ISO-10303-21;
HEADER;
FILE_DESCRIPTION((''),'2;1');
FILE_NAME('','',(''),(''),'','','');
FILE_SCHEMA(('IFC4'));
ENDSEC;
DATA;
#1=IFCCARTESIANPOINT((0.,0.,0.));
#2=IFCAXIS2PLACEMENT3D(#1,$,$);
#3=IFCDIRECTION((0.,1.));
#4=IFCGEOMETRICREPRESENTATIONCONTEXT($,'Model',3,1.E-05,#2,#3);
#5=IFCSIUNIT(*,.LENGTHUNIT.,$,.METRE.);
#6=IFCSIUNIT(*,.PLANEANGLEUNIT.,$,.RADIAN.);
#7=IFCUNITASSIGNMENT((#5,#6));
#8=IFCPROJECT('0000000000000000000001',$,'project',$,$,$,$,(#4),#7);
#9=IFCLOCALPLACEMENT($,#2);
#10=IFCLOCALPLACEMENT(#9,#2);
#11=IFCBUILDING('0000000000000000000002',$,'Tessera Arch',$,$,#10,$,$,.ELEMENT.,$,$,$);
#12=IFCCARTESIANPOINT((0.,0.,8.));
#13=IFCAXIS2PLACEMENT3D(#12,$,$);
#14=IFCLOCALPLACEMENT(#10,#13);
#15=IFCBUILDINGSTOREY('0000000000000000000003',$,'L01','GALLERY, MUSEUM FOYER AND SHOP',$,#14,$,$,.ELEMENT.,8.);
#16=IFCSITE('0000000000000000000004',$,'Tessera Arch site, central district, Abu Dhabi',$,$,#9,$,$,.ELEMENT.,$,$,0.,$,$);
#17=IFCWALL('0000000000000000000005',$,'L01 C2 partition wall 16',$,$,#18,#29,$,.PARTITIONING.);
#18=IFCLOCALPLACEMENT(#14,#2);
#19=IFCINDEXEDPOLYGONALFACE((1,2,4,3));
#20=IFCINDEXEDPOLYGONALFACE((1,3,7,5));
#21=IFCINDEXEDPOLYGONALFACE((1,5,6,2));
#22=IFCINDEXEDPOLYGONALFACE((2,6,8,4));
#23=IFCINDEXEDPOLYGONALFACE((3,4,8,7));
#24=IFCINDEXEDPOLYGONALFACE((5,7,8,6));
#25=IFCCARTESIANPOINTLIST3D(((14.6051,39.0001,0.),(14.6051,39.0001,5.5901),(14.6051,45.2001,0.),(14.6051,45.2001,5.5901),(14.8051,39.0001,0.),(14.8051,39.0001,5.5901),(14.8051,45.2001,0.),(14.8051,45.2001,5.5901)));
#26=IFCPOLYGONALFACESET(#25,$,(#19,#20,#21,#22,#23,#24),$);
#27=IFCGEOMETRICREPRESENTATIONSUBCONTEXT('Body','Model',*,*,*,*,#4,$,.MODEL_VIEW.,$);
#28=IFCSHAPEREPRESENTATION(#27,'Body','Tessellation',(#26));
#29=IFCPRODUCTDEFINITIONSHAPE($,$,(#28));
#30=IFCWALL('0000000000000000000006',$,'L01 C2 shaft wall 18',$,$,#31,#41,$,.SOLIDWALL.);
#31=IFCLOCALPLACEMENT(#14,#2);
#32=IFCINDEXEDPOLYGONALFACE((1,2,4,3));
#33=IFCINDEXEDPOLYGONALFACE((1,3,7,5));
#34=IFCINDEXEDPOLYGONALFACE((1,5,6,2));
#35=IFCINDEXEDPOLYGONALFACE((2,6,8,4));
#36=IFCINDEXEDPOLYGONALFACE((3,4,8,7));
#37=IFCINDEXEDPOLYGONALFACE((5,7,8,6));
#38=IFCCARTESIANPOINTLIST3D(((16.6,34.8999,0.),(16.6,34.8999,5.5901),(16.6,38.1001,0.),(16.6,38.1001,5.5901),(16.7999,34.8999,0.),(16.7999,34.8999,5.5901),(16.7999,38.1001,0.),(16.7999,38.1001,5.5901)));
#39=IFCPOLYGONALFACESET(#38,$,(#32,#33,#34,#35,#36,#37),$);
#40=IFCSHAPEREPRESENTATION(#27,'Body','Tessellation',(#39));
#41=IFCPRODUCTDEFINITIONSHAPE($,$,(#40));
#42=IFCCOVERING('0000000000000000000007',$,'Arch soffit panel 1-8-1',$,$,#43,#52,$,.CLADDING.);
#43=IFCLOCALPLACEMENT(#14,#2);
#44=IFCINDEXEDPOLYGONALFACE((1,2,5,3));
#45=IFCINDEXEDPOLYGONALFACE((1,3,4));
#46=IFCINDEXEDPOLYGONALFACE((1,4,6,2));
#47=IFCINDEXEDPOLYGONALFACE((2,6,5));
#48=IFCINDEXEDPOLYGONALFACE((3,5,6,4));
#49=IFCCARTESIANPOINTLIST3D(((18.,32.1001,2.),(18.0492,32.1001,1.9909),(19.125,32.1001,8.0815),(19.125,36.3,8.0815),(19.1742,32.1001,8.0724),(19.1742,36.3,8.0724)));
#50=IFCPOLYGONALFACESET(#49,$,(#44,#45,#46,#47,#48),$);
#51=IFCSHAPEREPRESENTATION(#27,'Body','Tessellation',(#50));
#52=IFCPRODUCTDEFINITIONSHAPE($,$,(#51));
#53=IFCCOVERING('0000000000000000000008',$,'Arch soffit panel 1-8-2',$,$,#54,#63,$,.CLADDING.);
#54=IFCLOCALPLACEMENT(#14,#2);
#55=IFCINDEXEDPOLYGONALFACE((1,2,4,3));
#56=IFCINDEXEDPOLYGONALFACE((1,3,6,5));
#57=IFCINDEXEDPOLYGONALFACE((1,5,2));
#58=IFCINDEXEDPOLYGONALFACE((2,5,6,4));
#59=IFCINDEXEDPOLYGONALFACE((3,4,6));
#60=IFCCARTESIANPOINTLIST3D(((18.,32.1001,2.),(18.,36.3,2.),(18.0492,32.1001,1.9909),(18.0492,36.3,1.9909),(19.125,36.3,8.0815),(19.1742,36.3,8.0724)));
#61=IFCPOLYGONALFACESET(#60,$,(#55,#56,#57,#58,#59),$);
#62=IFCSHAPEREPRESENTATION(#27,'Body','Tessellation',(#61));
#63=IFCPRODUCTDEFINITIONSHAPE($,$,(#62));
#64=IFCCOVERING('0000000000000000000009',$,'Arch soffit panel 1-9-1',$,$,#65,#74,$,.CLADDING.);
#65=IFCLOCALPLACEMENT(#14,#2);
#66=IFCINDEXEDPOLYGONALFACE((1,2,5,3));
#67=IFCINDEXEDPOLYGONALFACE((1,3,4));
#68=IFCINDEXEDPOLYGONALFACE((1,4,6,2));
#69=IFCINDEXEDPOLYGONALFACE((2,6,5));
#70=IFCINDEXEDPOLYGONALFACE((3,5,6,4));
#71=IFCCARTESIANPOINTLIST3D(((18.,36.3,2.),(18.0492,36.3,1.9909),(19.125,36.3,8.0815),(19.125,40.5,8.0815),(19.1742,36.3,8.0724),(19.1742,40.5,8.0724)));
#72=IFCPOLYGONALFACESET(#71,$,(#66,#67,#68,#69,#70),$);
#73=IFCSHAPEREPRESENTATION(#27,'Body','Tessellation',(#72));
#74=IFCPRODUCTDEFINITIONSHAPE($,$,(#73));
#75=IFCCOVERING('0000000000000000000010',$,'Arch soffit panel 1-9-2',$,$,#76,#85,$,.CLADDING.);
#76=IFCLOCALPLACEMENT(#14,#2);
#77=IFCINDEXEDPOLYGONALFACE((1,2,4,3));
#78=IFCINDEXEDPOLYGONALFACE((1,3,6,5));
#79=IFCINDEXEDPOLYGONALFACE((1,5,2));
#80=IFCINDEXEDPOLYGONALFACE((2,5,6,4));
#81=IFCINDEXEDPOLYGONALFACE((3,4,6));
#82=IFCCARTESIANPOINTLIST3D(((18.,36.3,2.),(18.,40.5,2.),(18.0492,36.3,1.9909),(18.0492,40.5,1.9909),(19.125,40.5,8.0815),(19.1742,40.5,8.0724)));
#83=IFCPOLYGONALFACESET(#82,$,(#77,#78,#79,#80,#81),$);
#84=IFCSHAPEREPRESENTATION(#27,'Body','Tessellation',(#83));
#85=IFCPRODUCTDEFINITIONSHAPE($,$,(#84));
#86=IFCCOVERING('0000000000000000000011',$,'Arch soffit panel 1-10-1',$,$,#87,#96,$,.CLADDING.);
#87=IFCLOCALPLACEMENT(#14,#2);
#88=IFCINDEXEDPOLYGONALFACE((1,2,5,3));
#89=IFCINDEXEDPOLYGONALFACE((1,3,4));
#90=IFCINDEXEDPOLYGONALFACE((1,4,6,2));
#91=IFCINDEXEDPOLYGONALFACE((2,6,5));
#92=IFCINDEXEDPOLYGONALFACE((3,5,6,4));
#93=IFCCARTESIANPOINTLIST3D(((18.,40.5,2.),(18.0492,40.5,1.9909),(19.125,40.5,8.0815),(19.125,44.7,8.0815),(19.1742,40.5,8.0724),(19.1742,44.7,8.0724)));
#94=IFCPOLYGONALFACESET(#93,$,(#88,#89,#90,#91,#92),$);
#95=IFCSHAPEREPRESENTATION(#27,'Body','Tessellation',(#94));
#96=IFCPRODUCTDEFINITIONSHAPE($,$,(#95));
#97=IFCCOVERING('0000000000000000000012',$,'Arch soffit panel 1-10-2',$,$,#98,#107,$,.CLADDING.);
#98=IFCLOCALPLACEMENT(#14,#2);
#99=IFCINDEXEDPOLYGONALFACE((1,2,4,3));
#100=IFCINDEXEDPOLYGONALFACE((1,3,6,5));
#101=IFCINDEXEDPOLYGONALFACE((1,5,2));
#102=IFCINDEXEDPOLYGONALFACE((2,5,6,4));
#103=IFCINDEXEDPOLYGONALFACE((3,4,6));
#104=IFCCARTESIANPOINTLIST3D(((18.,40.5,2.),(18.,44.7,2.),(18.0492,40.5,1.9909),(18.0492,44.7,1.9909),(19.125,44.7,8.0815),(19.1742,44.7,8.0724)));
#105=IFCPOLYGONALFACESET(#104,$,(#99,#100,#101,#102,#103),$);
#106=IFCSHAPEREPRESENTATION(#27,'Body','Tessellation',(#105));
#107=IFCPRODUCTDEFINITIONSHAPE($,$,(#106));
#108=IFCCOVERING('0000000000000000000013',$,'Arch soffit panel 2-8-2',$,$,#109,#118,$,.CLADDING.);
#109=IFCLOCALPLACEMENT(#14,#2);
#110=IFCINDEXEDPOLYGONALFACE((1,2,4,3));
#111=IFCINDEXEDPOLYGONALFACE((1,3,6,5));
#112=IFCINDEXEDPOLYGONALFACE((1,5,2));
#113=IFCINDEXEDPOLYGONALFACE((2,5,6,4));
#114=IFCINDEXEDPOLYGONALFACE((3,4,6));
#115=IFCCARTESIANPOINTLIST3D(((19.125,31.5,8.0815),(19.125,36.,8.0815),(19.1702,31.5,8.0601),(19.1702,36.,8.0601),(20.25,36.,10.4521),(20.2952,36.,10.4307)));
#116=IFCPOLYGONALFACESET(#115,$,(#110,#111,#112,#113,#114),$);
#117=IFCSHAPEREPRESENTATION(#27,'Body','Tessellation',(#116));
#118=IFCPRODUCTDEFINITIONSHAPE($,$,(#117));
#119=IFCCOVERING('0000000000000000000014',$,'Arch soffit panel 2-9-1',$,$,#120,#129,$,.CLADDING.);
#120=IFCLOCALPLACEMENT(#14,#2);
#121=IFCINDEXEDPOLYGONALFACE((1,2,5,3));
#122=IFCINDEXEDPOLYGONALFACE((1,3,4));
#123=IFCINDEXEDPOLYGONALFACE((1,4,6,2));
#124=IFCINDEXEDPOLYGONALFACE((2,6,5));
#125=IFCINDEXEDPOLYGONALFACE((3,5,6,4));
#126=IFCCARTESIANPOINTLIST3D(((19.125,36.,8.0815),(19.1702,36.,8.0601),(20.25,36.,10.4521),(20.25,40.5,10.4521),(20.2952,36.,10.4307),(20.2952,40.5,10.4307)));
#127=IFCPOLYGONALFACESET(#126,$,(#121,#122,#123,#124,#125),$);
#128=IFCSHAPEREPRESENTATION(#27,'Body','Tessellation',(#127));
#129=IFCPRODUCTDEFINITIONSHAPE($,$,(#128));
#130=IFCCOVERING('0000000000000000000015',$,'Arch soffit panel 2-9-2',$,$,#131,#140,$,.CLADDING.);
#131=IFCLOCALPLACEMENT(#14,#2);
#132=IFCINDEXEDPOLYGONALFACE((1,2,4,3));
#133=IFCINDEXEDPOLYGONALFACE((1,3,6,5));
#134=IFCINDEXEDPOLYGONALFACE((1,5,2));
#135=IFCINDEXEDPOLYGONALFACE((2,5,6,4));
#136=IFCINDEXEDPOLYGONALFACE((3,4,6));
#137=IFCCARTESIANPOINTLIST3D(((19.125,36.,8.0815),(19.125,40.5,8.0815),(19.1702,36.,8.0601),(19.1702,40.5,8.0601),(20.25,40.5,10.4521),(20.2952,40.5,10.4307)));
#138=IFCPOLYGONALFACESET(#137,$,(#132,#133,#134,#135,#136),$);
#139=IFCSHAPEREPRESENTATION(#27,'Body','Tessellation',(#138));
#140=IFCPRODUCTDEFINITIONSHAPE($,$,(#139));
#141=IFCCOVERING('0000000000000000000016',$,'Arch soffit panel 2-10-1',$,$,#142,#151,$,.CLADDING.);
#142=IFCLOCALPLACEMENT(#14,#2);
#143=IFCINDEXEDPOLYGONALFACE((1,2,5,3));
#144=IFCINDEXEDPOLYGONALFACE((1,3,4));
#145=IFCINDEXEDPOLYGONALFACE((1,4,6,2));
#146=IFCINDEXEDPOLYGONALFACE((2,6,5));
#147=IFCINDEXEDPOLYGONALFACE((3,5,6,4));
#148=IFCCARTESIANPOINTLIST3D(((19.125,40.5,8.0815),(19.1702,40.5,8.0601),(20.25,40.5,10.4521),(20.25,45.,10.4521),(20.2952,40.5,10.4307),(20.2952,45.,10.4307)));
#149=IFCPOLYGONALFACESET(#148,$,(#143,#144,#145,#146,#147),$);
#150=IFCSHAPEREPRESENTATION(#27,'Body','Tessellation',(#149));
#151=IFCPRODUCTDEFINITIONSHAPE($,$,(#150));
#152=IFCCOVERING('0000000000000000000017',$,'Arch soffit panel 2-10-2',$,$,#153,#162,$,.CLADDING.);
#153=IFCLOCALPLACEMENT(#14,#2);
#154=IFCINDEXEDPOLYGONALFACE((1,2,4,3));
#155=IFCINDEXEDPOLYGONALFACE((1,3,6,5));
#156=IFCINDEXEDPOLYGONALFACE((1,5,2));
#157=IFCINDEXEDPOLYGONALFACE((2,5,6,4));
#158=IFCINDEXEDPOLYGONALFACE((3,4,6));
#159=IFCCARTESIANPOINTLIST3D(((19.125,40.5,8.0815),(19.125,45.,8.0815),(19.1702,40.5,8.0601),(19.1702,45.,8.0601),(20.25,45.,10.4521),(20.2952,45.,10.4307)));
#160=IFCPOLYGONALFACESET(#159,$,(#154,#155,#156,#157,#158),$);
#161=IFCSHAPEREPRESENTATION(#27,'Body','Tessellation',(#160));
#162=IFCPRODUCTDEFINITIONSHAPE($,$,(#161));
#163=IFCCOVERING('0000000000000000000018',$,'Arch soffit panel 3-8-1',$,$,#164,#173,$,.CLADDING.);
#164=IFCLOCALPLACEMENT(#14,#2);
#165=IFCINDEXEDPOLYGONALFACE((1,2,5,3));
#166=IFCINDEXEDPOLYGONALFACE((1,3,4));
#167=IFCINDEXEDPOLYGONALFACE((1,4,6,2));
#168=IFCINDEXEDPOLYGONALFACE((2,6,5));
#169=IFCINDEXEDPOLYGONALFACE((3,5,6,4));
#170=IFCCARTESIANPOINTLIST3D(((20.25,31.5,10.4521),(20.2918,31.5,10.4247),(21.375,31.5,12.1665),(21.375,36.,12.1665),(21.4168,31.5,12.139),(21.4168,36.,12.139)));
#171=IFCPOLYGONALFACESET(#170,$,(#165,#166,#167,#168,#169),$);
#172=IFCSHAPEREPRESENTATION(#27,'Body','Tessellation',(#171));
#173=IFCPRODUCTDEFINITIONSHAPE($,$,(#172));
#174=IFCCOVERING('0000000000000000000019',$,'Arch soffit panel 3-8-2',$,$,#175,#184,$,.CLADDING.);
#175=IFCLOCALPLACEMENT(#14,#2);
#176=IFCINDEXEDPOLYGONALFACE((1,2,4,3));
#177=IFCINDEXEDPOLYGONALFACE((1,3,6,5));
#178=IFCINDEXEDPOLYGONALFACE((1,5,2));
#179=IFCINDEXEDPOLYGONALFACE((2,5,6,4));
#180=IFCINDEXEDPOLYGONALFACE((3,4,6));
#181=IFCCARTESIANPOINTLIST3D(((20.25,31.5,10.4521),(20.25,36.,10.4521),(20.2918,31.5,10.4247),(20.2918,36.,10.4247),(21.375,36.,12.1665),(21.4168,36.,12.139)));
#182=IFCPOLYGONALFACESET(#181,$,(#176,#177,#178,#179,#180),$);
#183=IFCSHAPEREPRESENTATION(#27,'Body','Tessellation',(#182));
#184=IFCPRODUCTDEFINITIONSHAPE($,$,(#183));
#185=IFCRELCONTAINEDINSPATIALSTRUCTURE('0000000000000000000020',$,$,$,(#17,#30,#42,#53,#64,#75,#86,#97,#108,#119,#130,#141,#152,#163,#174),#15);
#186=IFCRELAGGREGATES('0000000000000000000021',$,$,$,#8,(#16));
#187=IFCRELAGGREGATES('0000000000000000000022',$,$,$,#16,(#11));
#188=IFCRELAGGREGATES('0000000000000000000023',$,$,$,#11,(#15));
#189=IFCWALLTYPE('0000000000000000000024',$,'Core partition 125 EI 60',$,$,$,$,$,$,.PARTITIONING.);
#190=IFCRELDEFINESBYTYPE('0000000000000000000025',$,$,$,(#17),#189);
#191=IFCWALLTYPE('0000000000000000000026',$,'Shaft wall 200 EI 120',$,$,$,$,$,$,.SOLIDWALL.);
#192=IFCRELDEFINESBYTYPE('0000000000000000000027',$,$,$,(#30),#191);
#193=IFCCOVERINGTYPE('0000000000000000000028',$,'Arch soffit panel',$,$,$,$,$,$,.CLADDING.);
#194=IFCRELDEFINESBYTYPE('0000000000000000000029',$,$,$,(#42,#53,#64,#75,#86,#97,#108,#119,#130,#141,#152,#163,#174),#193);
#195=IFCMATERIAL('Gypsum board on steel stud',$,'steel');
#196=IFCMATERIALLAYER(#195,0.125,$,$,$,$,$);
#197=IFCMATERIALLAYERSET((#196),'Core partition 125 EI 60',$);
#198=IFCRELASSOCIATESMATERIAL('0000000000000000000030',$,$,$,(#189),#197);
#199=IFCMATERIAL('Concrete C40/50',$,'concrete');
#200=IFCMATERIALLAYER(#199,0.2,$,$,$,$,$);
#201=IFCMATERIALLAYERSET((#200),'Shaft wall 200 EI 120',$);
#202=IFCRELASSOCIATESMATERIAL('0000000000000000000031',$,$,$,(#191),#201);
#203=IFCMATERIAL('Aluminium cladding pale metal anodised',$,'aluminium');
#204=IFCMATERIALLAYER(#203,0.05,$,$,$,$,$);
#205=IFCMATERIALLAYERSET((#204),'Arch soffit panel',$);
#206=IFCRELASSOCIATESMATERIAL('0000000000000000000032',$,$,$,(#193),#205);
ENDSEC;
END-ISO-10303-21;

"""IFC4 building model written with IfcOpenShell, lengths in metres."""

from ifc_helpers import new_model, si_unit, direction, frame, frame_2d, origin, place, context, subcontext, project, spatial, polyline, rectangle, outline, extrude, material, layer, layer_set, type_object, element, save


model = new_model("IFC4")

# Units and contexts
model_context = context("Model", 3, precision=1e-05, world=origin(), true_north=direction((0.0, 1.0)))
body_context = subcontext(model_context, "Body", "Model", "MODEL_VIEW")
ifc_project = project(units=[si_unit("LENGTHUNIT", "METRE"), si_unit("PLANEANGLEUNIT", "RADIAN")], contexts=[model_context])

# Site, building, storey
site_placement = place(None, origin())
site = spatial("IfcSite", under=ifc_project, at=site_placement, Name="Tessera Arch site, central district, Abu Dhabi", CompositionType="ELEMENT", RefElevation=0.0)
building_placement = place(site_placement, origin())
building = spatial("IfcBuilding", under=site, at=building_placement, Name="Tessera Arch", CompositionType="ELEMENT")
storey_placement = place(building_placement, frame((0.0, 0.0, 8.0)))
storey = spatial("IfcBuildingStorey", under=building, at=storey_placement, Name="L01", Description="GALLERY, MUSEUM FOYER AND SHOP", CompositionType="ELEMENT", Elevation=8.0)

# Walls
ifc_material_1 = material(Name="Gypsum board on steel stud", Category="steel")
ifc_layer_1 = layer(ifc_material_1, 0.125)
ifc_layer_set_1 = layer_set([ifc_layer_1], Name="Core partition 125 EI 60")
wall_type_1 = type_object("IfcWallType", Name="Core partition 125 EI 60", PredefinedType="PARTITIONING", material=ifc_layer_set_1)
wall_1_placement = place(storey_placement, frame((14.7051, 39.0, 0.0), z_axis=(0.0, 0.0, 1.0), x_axis=(0.0, 1.0, 0.0)))
element("IfcWall", 1, at=wall_1_placement, inside=storey, type_object=wall_type_1, Name="L01 C2 partition wall 16", PredefinedType="PARTITIONING", context=body_context, shape_type="SweptSolid", body=[
    extrude(rectangle(XDim=6.2, YDim=0.2, at=frame_2d((3.1001, 0.0))), origin(), (0.0, 0.0, 1.0), 5.5901),
])
ifc_material_2 = material(Name="Concrete C40/50", Category="concrete")
ifc_layer_2 = layer(ifc_material_2, 0.2)
ifc_layer_set_2 = layer_set([ifc_layer_2], Name="Shaft wall 200 EI 120")
wall_type_2 = type_object("IfcWallType", Name="Shaft wall 200 EI 120", PredefinedType="SOLIDWALL", material=ifc_layer_set_2)
wall_2_placement = place(storey_placement, frame((16.7, 34.8999, 0.0), z_axis=(0.0, 0.0, 1.0), x_axis=(0.0, 1.0, 0.0)))
element("IfcWall", 2, at=wall_2_placement, inside=storey, type_object=wall_type_2, Name="L01 C2 shaft wall 18", PredefinedType="SOLIDWALL", context=body_context, shape_type="SweptSolid", body=[
    extrude(rectangle(XDim=3.2002, YDim=0.2, at=frame_2d((1.6001, 0.0))), origin(), (0.0, 0.0, 1.0), 5.5901),
])

# Coverings
ifc_material_3 = material(Name="Aluminium cladding pale metal anodised", Category="aluminium")
ifc_layer_3 = layer(ifc_material_3, 0.05)
ifc_layer_set_3 = layer_set([ifc_layer_3], Name="Arch soffit panel")
covering_type = type_object("IfcCoveringType", Name="Arch soffit panel", PredefinedType="CLADDING", material=ifc_layer_set_3)
covering_1_placement = place(storey_placement, frame((18.0, 32.1001, 2.0), z_axis=(-0.983317, 0.0, 0.1819), x_axis=(0.1819, 0.0, 0.983317)))
element("IfcCovering", 3, at=covering_1_placement, inside=storey, type_object=covering_type, Name="Arch soffit panel 1-8-1", PredefinedType="CLADDING", context=body_context, shape_type="SweptSolid", body=[
    extrude(outline(polyline([(0.0, 0.0), (6.1847, 0.0), (6.1847, 4.2), (0.0, 0.0)])), origin(), (0.0, 0.0, -1.0), 0.05),
])
covering_2_placement = place(storey_placement, frame((18.0, 32.1001, 2.0), z_axis=(-0.983317, 0.0, 0.1819), x_axis=(0.150482, 0.561792, 0.813477)))
element("IfcCovering", 4, at=covering_2_placement, inside=storey, type_object=covering_type, Name="Arch soffit panel 1-8-2", PredefinedType="CLADDING", context=body_context, shape_type="SweptSolid", body=[
    extrude(outline(polyline([(0.0, 0.0), (7.476, 0.0), (2.3595, 3.4745), (0.0, 0.0)])), origin(), (0.0, 0.0, -1.0), 0.05),
])
covering_3_placement = place(storey_placement, frame((18.0, 36.3, 2.0), z_axis=(-0.983317, 0.0, 0.1819), x_axis=(0.1819, 0.0, 0.983317)))
element("IfcCovering", 5, at=covering_3_placement, inside=storey, type_object=covering_type, Name="Arch soffit panel 1-9-1", PredefinedType="CLADDING", context=body_context, shape_type="SweptSolid", body=[
    extrude(outline(polyline([(0.0, 0.0), (6.1847, 0.0), (6.1847, 4.2), (0.0, 0.0)])), origin(), (0.0, 0.0, -1.0), 0.05),
])
covering_4_placement = place(storey_placement, frame((18.0, 36.3, 2.0), z_axis=(-0.983317, 0.0, 0.1819), x_axis=(0.150482, 0.561792, 0.813477)))
element("IfcCovering", 6, at=covering_4_placement, inside=storey, type_object=covering_type, Name="Arch soffit panel 1-9-2", PredefinedType="CLADDING", context=body_context, shape_type="SweptSolid", body=[
    extrude(outline(polyline([(0.0, 0.0), (7.476, 0.0), (2.3595, 3.4745), (0.0, 0.0)])), origin(), (0.0, 0.0, -1.0), 0.05),
])
covering_5_placement = place(storey_placement, frame((18.0, 40.5, 2.0), z_axis=(-0.983317, 0.0, 0.1819), x_axis=(0.1819, 0.0, 0.983317)))
element("IfcCovering", 7, at=covering_5_placement, inside=storey, type_object=covering_type, Name="Arch soffit panel 1-10-1", PredefinedType="CLADDING", context=body_context, shape_type="SweptSolid", body=[
    extrude(outline(polyline([(0.0, 0.0), (6.1847, 0.0), (6.1847, 4.2), (0.0, 0.0)])), origin(), (0.0, 0.0, -1.0), 0.05),
])
covering_6_placement = place(storey_placement, frame((18.0, 40.5, 2.0), z_axis=(-0.983317, 0.0, 0.1819), x_axis=(0.150482, 0.561792, 0.813477)))
element("IfcCovering", 8, at=covering_6_placement, inside=storey, type_object=covering_type, Name="Arch soffit panel 1-10-2", PredefinedType="CLADDING", context=body_context, shape_type="SweptSolid", body=[
    extrude(outline(polyline([(0.0, 0.0), (7.476, 0.0), (2.3595, 3.4745), (0.0, 0.0)])), origin(), (0.0, 0.0, -1.0), 0.05),
])
covering_7_placement = place(storey_placement, frame((19.125, 31.5, 8.0815), z_axis=(-0.903431, 0.0, 0.428734), x_axis=(0.215966, 0.863862, 0.455084)))
element("IfcCovering", 9, at=covering_7_placement, inside=storey, type_object=covering_type, Name="Arch soffit panel 2-8-2", PredefinedType="CLADDING", context=body_context, shape_type="SweptSolid", body=[
    extrude(outline(polyline([(0.0, 0.0), (5.2092, 0.0), (3.8874, 2.2668), (0.0, 0.0)])), origin(), (0.0, 0.0, -1.0), 0.05),
])
covering_8_placement = place(storey_placement, frame((19.125, 36.0, 8.0815), z_axis=(-0.903431, 0.0, 0.428734), x_axis=(0.428734, 0.0, 0.903431)))
element("IfcCovering", 10, at=covering_8_placement, inside=storey, type_object=covering_type, Name="Arch soffit panel 2-9-1", PredefinedType="CLADDING", context=body_context, shape_type="SweptSolid", body=[
    extrude(outline(polyline([(0.0, 0.0), (2.624, 0.0), (2.624, 4.5), (0.0, 0.0)])), origin(), (0.0, 0.0, -1.0), 0.05),
])
covering_9_placement = place(storey_placement, frame((19.125, 36.0, 8.0815), z_axis=(-0.903431, 0.0, 0.428734), x_axis=(0.215966, 0.863862, 0.455084)))
element("IfcCovering", 11, at=covering_9_placement, inside=storey, type_object=covering_type, Name="Arch soffit panel 2-9-2", PredefinedType="CLADDING", context=body_context, shape_type="SweptSolid", body=[
    extrude(outline(polyline([(0.0, 0.0), (5.2092, 0.0), (3.8874, 2.2668), (0.0, 0.0)])), origin(), (0.0, 0.0, -1.0), 0.05),
])
covering_10_placement = place(storey_placement, frame((19.125, 40.5, 8.0815), z_axis=(-0.903431, 0.0, 0.428734), x_axis=(0.428734, 0.0, 0.903431)))
element("IfcCovering", 12, at=covering_10_placement, inside=storey, type_object=covering_type, Name="Arch soffit panel 2-10-1", PredefinedType="CLADDING", context=body_context, shape_type="SweptSolid", body=[
    extrude(outline(polyline([(0.0, 0.0), (2.624, 0.0), (2.624, 4.5), (0.0, 0.0)])), origin(), (0.0, 0.0, -1.0), 0.05),
])
covering_11_placement = place(storey_placement, frame((19.125, 40.5, 8.0815), z_axis=(-0.903431, 0.0, 0.428734), x_axis=(0.215966, 0.863862, 0.455084)))
element("IfcCovering", 13, at=covering_11_placement, inside=storey, type_object=covering_type, Name="Arch soffit panel 2-10-2", PredefinedType="CLADDING", context=body_context, shape_type="SweptSolid", body=[
    extrude(outline(polyline([(0.0, 0.0), (5.2092, 0.0), (3.8874, 2.2668), (0.0, 0.0)])), origin(), (0.0, 0.0, -1.0), 0.05),
])
covering_12_placement = place(storey_placement, frame((20.25, 31.5, 10.4521), z_axis=(-0.836058, 0.0, 0.548641), x_axis=(0.548641, 0.0, 0.836058)))
element("IfcCovering", 14, at=covering_12_placement, inside=storey, type_object=covering_type, Name="Arch soffit panel 3-8-1", PredefinedType="CLADDING", context=body_context, shape_type="SweptSolid", body=[
    extrude(outline(polyline([(0.0, 0.0), (2.0505, 0.0), (2.0505, 4.5), (0.0, 0.0)])), origin(), (0.0, 0.0, -1.0), 0.05),
])
covering_13_placement = place(storey_placement, frame((20.25, 31.5, 10.4521), z_axis=(-0.836058, 0.0, 0.548641), x_axis=(0.227495, 0.90998, 0.346673)))
element("IfcCovering", 15, at=covering_13_placement, inside=storey, type_object=covering_type, Name="Arch soffit panel 3-8-2", PredefinedType="CLADDING", context=body_context, shape_type="SweptSolid", body=[
    extrude(outline(polyline([(0.0, 0.0), (4.9452, 0.0), (4.0949, 1.8659), (0.0, 0.0)])), origin(), (0.0, 0.0, -1.0), 0.05),
])

save(model, "model.ifc")
